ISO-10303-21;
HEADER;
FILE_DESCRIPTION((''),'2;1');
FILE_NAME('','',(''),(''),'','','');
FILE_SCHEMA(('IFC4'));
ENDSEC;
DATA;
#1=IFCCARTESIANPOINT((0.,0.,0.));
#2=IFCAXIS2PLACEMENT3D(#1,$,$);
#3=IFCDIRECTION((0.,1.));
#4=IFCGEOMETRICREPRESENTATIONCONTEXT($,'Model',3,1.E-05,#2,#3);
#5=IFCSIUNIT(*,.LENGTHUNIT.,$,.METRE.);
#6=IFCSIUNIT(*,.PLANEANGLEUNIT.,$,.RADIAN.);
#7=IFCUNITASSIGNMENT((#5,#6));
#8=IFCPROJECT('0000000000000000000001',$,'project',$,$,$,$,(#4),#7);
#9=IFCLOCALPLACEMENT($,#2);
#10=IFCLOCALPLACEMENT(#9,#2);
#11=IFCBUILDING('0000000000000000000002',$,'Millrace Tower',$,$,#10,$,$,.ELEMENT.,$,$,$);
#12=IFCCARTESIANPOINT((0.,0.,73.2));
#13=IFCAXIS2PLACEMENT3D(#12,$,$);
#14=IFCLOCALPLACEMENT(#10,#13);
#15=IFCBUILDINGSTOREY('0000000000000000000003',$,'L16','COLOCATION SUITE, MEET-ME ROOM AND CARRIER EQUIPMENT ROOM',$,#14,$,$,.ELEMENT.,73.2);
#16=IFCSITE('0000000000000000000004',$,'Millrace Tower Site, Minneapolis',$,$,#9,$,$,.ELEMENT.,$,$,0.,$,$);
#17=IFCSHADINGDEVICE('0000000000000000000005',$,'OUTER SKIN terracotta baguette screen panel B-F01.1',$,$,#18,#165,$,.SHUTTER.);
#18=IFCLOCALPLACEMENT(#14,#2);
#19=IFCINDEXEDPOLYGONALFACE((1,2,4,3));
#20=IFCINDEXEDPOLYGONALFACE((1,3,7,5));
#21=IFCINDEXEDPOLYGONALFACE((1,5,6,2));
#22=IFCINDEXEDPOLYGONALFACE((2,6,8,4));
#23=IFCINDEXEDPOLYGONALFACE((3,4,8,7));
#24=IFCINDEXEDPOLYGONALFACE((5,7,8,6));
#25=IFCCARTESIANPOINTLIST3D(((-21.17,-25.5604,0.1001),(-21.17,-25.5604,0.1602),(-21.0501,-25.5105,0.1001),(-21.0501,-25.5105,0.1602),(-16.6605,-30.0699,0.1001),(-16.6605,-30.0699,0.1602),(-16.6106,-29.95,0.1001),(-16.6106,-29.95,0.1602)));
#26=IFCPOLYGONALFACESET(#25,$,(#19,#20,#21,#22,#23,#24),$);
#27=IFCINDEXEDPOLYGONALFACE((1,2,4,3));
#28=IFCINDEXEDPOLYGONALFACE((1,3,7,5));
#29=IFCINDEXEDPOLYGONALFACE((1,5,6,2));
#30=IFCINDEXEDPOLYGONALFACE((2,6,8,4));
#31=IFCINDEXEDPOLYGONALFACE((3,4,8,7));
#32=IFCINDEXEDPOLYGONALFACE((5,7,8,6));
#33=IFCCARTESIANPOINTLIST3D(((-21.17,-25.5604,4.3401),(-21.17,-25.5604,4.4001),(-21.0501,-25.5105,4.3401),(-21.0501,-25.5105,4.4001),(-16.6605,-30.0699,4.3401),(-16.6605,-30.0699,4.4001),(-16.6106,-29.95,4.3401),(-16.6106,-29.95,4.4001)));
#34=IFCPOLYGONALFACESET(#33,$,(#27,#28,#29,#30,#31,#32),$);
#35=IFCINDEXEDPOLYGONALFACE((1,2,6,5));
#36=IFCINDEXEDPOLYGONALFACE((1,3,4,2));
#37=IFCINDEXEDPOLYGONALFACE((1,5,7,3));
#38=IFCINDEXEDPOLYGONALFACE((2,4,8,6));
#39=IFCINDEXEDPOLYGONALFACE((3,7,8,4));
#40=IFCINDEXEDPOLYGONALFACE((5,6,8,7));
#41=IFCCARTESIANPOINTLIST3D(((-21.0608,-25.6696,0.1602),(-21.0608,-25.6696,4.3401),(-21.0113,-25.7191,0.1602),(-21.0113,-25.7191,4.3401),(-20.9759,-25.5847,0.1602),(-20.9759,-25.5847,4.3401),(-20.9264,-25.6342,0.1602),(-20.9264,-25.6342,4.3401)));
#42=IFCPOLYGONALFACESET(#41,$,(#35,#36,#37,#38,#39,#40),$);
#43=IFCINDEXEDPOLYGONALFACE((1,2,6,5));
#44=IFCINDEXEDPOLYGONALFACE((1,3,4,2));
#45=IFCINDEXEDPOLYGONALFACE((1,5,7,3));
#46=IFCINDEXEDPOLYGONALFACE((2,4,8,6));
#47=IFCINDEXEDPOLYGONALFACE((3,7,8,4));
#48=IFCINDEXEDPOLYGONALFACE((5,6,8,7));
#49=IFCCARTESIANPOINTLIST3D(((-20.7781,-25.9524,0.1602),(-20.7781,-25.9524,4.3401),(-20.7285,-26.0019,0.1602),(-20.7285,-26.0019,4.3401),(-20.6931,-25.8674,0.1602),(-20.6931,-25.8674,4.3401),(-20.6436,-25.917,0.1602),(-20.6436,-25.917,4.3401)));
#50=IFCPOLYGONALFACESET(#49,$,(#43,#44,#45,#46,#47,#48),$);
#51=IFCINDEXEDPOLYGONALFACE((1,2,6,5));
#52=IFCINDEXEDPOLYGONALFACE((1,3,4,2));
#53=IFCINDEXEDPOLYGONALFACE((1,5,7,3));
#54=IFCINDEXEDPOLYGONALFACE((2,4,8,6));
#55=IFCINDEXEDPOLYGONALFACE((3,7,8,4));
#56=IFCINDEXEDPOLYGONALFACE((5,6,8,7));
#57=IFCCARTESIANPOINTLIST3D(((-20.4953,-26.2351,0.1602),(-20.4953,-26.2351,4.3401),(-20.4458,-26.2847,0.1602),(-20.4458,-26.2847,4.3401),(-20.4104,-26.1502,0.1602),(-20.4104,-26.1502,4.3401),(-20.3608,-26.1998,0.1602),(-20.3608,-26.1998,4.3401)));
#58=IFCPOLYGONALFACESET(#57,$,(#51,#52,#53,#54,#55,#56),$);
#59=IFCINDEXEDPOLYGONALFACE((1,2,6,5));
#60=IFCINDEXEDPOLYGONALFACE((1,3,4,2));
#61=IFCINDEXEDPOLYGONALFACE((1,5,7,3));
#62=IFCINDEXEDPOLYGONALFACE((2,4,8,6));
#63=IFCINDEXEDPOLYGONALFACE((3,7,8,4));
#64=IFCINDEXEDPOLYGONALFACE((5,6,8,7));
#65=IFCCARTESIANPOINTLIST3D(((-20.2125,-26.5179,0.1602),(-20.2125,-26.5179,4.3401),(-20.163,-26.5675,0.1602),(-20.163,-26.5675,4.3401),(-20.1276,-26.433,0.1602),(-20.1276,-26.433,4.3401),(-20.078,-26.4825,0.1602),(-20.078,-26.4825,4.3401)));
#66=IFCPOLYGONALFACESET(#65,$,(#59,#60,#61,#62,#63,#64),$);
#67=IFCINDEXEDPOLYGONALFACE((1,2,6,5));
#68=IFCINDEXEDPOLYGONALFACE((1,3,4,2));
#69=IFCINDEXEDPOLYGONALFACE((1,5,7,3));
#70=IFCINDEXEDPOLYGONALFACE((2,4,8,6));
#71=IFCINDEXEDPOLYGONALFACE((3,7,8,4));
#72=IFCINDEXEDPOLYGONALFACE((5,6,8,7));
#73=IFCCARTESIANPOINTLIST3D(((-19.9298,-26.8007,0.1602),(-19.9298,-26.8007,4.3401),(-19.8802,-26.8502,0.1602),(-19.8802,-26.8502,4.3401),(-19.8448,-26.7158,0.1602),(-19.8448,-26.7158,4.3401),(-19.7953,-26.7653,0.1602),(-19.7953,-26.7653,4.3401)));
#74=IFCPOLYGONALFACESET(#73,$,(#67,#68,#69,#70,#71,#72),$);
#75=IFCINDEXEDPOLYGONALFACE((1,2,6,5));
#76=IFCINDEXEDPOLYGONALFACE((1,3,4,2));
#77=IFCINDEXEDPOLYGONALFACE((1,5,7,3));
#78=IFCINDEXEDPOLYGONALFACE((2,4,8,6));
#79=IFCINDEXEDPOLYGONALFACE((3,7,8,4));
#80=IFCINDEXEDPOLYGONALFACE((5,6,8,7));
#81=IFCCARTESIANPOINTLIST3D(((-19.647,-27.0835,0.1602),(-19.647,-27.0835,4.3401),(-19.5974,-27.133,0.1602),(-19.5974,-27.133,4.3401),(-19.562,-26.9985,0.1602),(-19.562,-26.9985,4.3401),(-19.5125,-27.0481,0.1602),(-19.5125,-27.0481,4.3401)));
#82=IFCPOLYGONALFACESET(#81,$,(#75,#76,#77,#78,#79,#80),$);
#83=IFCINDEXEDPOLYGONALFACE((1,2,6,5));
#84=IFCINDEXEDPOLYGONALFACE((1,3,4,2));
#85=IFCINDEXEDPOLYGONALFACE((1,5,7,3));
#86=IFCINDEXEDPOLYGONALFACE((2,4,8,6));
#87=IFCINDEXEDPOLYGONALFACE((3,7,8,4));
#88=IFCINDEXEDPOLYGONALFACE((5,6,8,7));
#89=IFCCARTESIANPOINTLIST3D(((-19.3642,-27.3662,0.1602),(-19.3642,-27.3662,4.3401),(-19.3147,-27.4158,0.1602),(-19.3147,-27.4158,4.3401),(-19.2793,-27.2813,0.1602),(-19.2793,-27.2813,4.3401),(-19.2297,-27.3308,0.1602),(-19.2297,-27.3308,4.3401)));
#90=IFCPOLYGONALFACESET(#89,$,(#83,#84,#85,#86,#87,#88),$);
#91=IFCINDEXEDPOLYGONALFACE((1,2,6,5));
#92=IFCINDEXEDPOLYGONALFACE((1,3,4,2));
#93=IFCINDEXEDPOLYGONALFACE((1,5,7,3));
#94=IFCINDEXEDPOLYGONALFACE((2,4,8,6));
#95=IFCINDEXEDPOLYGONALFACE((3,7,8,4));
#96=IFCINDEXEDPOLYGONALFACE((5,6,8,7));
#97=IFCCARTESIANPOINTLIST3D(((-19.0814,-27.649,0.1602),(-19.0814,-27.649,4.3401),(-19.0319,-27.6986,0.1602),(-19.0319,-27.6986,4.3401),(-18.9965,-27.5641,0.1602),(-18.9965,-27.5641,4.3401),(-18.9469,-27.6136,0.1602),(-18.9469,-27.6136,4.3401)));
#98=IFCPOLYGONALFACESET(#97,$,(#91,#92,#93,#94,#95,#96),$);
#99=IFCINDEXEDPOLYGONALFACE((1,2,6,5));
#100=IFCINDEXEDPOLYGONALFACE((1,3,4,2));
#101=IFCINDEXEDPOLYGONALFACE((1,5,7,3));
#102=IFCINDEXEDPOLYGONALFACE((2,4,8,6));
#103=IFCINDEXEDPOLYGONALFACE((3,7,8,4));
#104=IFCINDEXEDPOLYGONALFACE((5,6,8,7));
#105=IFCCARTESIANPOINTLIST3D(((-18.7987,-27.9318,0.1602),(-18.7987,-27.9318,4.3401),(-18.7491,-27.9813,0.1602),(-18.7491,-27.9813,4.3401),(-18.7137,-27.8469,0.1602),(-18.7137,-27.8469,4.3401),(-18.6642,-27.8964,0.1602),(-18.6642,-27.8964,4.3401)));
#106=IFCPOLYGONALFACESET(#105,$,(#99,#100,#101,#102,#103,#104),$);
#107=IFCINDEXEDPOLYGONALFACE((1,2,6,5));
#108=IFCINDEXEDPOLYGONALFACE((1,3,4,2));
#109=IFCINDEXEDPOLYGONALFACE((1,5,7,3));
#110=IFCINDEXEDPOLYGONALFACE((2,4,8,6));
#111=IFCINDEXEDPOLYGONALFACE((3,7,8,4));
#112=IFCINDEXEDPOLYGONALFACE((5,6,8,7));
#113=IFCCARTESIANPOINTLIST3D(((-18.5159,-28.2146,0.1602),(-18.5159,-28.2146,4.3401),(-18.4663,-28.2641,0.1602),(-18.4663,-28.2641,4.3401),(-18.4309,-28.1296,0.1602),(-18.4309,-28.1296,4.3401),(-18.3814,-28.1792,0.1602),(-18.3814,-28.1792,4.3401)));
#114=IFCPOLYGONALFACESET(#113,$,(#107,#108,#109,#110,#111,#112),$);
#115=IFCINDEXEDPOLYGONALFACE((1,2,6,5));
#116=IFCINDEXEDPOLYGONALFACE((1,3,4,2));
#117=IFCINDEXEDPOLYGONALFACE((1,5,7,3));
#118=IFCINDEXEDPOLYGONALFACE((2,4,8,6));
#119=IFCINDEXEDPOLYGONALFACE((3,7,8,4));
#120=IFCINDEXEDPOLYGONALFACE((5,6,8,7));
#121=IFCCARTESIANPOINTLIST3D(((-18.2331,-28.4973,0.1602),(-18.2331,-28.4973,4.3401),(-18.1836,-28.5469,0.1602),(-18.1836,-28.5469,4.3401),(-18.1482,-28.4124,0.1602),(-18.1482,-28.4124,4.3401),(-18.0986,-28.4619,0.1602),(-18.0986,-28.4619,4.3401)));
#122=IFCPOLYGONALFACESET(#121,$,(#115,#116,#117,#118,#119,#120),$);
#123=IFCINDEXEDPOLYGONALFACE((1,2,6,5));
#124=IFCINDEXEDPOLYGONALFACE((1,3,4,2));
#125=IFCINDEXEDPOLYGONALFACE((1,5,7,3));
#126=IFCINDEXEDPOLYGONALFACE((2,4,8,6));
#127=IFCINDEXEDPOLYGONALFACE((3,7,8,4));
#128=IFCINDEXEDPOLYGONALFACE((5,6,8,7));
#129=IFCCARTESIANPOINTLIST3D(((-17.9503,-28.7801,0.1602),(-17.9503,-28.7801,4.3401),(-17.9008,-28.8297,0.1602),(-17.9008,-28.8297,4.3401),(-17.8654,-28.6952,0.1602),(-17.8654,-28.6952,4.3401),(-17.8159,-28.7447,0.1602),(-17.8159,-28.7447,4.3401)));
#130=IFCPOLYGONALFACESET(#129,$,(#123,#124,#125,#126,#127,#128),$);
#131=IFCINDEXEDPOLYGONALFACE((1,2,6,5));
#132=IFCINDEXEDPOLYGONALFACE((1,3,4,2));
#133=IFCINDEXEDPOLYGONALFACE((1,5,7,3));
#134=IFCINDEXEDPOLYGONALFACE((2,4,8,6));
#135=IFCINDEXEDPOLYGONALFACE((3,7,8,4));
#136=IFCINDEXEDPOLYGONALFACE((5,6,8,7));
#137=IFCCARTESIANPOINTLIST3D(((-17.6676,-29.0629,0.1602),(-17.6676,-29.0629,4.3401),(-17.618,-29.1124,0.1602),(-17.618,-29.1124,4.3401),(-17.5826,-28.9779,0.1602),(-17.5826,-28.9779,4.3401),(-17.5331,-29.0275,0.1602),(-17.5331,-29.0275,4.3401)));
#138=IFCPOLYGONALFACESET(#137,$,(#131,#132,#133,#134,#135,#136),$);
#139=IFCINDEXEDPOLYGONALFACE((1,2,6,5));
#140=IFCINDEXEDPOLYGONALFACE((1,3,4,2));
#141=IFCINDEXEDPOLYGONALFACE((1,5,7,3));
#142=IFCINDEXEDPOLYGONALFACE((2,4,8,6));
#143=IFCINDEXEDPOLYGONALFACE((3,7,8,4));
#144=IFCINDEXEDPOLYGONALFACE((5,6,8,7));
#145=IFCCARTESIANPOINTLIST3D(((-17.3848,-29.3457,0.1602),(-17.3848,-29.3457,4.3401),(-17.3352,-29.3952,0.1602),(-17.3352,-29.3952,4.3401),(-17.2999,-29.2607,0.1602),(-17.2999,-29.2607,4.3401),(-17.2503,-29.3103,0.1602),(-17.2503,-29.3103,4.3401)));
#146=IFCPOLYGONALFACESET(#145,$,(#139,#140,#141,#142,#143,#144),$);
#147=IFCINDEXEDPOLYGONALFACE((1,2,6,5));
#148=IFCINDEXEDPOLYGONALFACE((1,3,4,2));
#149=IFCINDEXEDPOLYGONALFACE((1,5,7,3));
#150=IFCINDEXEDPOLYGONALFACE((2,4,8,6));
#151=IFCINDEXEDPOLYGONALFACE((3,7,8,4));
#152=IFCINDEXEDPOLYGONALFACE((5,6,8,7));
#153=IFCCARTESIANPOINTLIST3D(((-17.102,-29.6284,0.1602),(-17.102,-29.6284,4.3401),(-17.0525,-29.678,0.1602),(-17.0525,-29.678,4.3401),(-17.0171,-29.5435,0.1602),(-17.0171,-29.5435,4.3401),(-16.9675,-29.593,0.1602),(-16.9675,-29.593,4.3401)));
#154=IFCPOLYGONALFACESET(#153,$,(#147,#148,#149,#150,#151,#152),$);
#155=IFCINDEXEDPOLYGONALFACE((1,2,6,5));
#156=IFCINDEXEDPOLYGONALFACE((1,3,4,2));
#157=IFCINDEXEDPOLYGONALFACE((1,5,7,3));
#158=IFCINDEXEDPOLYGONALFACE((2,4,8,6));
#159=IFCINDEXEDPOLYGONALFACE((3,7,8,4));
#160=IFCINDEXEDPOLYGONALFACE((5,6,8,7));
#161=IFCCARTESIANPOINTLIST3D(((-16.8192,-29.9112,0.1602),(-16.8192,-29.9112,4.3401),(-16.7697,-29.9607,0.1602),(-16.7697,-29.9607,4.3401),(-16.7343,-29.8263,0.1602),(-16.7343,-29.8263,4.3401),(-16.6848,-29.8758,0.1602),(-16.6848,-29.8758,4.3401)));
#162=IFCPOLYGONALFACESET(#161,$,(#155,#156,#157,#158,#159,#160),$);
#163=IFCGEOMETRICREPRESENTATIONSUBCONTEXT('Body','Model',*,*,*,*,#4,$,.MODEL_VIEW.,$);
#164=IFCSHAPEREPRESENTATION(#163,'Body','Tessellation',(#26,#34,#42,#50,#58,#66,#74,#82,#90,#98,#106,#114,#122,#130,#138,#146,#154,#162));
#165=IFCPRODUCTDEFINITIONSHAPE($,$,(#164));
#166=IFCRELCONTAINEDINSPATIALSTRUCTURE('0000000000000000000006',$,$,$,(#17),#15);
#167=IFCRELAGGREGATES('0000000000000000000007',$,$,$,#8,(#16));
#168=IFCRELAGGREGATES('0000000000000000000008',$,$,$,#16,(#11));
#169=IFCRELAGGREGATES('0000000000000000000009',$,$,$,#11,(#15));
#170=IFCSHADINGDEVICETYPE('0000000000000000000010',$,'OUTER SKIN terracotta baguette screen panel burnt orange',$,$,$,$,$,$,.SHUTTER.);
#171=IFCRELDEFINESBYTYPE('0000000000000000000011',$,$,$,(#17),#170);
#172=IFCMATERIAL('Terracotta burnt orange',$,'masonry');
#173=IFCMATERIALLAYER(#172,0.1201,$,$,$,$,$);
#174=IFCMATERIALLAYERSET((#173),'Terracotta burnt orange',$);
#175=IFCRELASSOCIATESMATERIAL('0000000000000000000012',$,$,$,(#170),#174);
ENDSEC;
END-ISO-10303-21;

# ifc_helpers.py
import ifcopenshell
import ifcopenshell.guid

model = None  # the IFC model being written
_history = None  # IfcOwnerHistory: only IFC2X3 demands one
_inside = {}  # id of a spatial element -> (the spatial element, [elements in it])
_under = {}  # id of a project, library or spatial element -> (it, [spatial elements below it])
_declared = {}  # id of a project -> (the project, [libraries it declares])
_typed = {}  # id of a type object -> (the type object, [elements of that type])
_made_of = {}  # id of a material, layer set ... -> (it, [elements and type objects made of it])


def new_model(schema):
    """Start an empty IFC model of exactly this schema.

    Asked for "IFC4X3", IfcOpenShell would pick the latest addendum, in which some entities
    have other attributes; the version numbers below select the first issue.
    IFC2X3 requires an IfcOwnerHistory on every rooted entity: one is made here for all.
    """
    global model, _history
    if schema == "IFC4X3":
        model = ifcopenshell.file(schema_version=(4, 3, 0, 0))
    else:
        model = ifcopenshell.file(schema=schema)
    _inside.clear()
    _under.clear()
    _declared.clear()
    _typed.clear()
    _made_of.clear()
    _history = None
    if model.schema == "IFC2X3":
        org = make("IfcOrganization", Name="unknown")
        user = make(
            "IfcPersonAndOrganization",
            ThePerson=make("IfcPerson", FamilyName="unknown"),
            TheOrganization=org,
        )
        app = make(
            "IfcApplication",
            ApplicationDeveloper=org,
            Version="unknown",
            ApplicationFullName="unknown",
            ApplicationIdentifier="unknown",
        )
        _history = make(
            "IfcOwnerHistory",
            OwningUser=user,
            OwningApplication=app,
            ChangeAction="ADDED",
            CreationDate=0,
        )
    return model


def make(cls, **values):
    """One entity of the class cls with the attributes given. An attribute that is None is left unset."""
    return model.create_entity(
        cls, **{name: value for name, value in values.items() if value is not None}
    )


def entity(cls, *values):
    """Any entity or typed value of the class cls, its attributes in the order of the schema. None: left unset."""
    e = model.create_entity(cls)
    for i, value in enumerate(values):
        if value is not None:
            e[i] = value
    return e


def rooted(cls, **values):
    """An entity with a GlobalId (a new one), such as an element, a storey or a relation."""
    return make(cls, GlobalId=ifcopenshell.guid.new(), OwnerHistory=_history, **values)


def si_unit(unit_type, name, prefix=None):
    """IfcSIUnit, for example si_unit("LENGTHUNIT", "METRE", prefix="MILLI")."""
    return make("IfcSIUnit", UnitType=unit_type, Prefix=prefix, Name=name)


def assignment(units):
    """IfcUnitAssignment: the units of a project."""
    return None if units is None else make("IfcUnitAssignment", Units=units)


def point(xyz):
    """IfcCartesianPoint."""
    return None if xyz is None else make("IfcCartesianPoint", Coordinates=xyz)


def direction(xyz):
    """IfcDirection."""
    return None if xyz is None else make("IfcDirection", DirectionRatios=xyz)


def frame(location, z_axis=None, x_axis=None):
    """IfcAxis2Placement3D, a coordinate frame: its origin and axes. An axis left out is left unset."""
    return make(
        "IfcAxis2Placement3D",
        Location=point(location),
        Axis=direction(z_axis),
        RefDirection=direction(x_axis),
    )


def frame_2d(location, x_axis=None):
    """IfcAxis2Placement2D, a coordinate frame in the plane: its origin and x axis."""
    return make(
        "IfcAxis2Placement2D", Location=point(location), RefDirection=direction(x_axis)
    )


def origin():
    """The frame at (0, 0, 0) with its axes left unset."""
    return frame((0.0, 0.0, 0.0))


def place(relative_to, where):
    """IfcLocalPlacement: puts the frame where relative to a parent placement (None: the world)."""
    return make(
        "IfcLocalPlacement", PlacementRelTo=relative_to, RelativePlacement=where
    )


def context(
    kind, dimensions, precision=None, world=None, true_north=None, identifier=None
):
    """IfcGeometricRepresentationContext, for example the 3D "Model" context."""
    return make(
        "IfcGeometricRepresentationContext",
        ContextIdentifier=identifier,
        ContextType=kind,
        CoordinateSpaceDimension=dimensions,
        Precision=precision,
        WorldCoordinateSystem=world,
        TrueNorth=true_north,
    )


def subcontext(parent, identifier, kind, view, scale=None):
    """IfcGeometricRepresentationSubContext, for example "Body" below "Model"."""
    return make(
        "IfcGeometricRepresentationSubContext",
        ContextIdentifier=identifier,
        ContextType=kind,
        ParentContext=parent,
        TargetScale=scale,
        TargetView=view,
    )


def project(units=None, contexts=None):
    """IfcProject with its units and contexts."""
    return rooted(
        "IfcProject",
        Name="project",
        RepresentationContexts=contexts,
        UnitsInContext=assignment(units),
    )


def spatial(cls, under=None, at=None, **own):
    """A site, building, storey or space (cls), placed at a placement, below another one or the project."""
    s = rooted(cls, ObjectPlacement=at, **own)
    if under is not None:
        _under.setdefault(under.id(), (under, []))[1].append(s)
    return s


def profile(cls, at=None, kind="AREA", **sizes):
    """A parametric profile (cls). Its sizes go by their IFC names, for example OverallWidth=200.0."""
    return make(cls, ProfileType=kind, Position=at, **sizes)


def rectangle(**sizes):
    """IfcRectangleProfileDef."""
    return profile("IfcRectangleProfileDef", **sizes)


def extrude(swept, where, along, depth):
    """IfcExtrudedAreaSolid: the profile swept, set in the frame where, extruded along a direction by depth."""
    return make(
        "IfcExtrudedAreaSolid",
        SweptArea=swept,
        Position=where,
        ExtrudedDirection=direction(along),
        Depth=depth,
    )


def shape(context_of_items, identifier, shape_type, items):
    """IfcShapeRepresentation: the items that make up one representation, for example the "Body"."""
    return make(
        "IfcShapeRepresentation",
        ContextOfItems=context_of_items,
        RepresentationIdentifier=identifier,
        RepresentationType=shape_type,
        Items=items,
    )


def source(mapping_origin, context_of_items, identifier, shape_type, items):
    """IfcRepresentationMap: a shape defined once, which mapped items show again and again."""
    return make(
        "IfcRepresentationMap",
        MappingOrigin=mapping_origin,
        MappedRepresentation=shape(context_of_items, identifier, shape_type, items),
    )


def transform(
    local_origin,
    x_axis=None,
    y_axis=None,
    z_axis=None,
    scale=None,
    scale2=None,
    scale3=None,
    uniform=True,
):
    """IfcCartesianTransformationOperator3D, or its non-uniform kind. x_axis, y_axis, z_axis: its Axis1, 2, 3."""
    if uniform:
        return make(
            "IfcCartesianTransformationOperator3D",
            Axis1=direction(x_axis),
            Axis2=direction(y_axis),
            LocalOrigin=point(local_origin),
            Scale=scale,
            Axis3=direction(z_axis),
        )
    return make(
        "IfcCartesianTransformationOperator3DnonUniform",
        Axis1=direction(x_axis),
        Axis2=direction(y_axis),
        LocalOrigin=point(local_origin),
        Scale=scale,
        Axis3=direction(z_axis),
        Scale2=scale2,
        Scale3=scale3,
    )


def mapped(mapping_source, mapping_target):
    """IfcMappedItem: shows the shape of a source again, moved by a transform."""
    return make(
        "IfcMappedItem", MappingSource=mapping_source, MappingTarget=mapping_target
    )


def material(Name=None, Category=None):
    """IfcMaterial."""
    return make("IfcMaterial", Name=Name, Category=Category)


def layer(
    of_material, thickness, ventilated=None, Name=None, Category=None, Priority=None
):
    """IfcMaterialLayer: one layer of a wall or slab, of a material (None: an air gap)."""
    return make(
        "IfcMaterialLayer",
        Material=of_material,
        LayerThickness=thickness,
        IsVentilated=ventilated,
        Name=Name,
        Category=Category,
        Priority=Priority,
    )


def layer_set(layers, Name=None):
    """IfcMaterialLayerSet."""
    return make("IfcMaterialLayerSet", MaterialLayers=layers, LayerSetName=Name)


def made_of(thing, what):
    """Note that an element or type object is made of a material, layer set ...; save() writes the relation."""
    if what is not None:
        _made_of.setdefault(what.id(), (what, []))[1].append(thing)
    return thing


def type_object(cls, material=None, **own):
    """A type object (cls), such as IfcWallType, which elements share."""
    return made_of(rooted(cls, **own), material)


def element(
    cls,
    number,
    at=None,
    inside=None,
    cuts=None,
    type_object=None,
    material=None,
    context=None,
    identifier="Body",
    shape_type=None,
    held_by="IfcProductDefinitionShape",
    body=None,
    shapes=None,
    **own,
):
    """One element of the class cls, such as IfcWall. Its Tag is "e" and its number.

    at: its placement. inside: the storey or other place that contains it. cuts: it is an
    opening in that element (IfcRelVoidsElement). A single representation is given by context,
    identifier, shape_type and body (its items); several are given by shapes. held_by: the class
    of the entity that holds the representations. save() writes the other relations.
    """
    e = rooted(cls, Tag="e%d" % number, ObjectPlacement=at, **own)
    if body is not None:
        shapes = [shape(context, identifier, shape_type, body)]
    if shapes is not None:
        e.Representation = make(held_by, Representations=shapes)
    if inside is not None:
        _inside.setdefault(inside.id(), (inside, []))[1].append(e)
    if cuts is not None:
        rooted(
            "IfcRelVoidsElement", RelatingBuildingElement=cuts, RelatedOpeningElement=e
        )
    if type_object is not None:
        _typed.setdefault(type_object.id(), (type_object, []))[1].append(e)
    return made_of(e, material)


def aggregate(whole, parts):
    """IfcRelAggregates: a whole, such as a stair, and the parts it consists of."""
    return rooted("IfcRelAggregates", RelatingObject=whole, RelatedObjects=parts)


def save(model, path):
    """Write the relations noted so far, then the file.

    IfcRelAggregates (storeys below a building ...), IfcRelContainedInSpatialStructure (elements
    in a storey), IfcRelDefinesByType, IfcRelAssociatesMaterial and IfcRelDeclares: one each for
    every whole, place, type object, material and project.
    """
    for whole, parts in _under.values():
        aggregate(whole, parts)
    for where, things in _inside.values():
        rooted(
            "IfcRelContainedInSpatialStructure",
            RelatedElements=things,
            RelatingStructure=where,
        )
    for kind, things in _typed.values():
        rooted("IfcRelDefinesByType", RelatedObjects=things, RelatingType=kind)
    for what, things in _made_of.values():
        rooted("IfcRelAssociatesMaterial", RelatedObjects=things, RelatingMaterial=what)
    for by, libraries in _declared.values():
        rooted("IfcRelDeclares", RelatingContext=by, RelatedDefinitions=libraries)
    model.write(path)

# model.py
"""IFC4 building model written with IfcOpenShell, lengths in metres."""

from ifc_helpers import new_model, entity, si_unit, direction, frame, frame_2d, origin, place, context, subcontext, project, spatial, rectangle, extrude, source, transform, mapped, material, layer, layer_set, type_object, element, save


model = new_model("IFC4")

# Units and contexts
model_context = context("Model", 3, precision=1e-05, world=origin(), true_north=direction((0.0, 1.0)))
body_context = subcontext(model_context, "Body", "Model", "MODEL_VIEW")
ifc_project = project(units=[si_unit("LENGTHUNIT", "METRE"), si_unit("PLANEANGLEUNIT", "RADIAN")], contexts=[model_context])

# Site, building, storey
site_placement = place(None, origin())
site = spatial("IfcSite", under=ifc_project, at=site_placement, Name="Millrace Tower Site, Minneapolis", CompositionType="ELEMENT", RefElevation=0.0)
building_placement = place(site_placement, origin())
building = spatial("IfcBuilding", under=site, at=building_placement, Name="Millrace Tower", CompositionType="ELEMENT")
storey_placement = place(building_placement, frame((0.0, 0.0, 73.2)))
storey = spatial("IfcBuildingStorey", under=building, at=storey_placement, Name="L16", Description="COLOCATION SUITE, MEET-ME ROOM AND CARRIER EQUIPMENT ROOM", CompositionType="ELEMENT", Elevation=73.2)

# Shading device
ifc_material_1 = material(Name="Terracotta burnt orange", Category="masonry")
ifc_layer_1 = layer(ifc_material_1, 0.1201)
ifc_layer_set_1 = layer_set([ifc_layer_1], Name="Terracotta burnt orange")
shading_device_type = type_object("IfcShadingDeviceType", Name="OUTER SKIN terracotta baguette screen panel burnt orange", PredefinedType="SHUTTER", material=ifc_layer_set_1)
cartesian_point_1 = entity("IfcCartesianPoint", [-3.1392, 0.0601])
shared_polyline_1 = entity("IfcPolyline", [cartesian_point_1, entity("IfcCartesianPoint", [3.1392, 0.0601]), entity("IfcCartesianPoint", [3.1887, -0.0601]), entity("IfcCartesianPoint", [-3.1887, -0.0601]), cartesian_point_1])
shared_shape_1 = source(origin(), body_context, "Body", "SweptSolid", [
    entity("IfcExtrudedAreaSolid", entity("IfcArbitraryClosedProfileDef", "AREA", None, shared_polyline_1), entity("IfcAxis2Placement3D", entity("IfcCartesianPoint", [0.0, 0.0, 0.0])), entity("IfcDirection", [0.0, 0.0, 1.0]), 0.0601),
    entity("IfcExtrudedAreaSolid", entity("IfcArbitraryClosedProfileDef", "AREA", None, shared_polyline_1), entity("IfcAxis2Placement3D", entity("IfcCartesianPoint", [0.0, 0.0, 4.24])), entity("IfcDirection", [0.0, 0.0, 1.0]), 0.0601),
    extrude(rectangle(XDim=0.0701, YDim=0.1201, at=frame_2d((-2.9993, 0.0))), frame((0.0, 0.0, 0.0601)), (0.0, 0.0, 1.0), 4.1799),
    extrude(rectangle(XDim=0.0701, YDim=0.1201, at=frame_2d((-2.5994, 0.0))), frame((0.0, 0.0, 0.0601)), (0.0, 0.0, 1.0), 4.1799),
    extrude(rectangle(XDim=0.0701, YDim=0.1201, at=frame_2d((-2.1995, 0.0))), frame((0.0, 0.0, 0.0601)), (0.0, 0.0, 1.0), 4.1799),
    extrude(rectangle(XDim=0.0701, YDim=0.1201, at=frame_2d((-1.7996, 0.0))), frame((0.0, 0.0, 0.0601)), (0.0, 0.0, 1.0), 4.1799),
    extrude(rectangle(XDim=0.0701, YDim=0.1201, at=frame_2d((-1.3997, 0.0))), frame((0.0, 0.0, 0.0601)), (0.0, 0.0, 1.0), 4.1799),
    extrude(rectangle(XDim=0.0701, YDim=0.1201, at=frame_2d((-0.9998, 0.0))), frame((0.0, 0.0, 0.0601)), (0.0, 0.0, 1.0), 4.1799),
    extrude(rectangle(XDim=0.0701, YDim=0.1201, at=frame_2d((-0.5999, 0.0))), frame((0.0, 0.0, 0.0601)), (0.0, 0.0, 1.0), 4.1799),
    extrude(rectangle(XDim=0.0701, YDim=0.1201, at=frame_2d((-0.2, 0.0))), frame((0.0, 0.0, 0.0601)), (0.0, 0.0, 1.0), 4.1799),
    extrude(rectangle(XDim=0.0701, YDim=0.1201, at=frame_2d((0.2, 0.0))), frame((0.0, 0.0, 0.0601)), (0.0, 0.0, 1.0), 4.1799),
    extrude(rectangle(XDim=0.0701, YDim=0.1201, at=frame_2d((0.5999, 0.0))), frame((0.0, 0.0, 0.0601)), (0.0, 0.0, 1.0), 4.1799),
    extrude(rectangle(XDim=0.0701, YDim=0.1201, at=frame_2d((0.9998, 0.0))), frame((0.0, 0.0, 0.0601)), (0.0, 0.0, 1.0), 4.1799),
    extrude(rectangle(XDim=0.0701, YDim=0.1201, at=frame_2d((1.3997, 0.0))), frame((0.0, 0.0, 0.0601)), (0.0, 0.0, 1.0), 4.1799),
    extrude(rectangle(XDim=0.0701, YDim=0.1201, at=frame_2d((1.7996, 0.0))), frame((0.0, 0.0, 0.0601)), (0.0, 0.0, 1.0), 4.1799),
    extrude(rectangle(XDim=0.0701, YDim=0.1201, at=frame_2d((2.1995, 0.0))), frame((0.0, 0.0, 0.0601)), (0.0, 0.0, 1.0), 4.1799),
    extrude(rectangle(XDim=0.0701, YDim=0.1201, at=frame_2d((2.5994, 0.0))), frame((0.0, 0.0, 0.0601)), (0.0, 0.0, 1.0), 4.1799),
    extrude(rectangle(XDim=0.0701, YDim=0.1201, at=frame_2d((2.9993, 0.0))), frame((0.0, 0.0, 0.0601)), (0.0, 0.0, 1.0), 4.1799),
])
shading_device_1_placement = place(storey_placement, frame((-18.8728, -27.7727, 0.1001), z_axis=(0.0, 0.0, 1.0), x_axis=(0.707107, -0.707107, 0.0)))
element("IfcShadingDevice", 1, at=shading_device_1_placement, inside=storey, type_object=shading_device_type, Name="OUTER SKIN terracotta baguette screen panel B-F01.1", PredefinedType="SHUTTER", context=body_context, shape_type="MappedRepresentation", body=[
    mapped(shared_shape_1, transform((0.0, 0.0, 0.0), scale=1.0)),
])

save(model, "model.ifc")
